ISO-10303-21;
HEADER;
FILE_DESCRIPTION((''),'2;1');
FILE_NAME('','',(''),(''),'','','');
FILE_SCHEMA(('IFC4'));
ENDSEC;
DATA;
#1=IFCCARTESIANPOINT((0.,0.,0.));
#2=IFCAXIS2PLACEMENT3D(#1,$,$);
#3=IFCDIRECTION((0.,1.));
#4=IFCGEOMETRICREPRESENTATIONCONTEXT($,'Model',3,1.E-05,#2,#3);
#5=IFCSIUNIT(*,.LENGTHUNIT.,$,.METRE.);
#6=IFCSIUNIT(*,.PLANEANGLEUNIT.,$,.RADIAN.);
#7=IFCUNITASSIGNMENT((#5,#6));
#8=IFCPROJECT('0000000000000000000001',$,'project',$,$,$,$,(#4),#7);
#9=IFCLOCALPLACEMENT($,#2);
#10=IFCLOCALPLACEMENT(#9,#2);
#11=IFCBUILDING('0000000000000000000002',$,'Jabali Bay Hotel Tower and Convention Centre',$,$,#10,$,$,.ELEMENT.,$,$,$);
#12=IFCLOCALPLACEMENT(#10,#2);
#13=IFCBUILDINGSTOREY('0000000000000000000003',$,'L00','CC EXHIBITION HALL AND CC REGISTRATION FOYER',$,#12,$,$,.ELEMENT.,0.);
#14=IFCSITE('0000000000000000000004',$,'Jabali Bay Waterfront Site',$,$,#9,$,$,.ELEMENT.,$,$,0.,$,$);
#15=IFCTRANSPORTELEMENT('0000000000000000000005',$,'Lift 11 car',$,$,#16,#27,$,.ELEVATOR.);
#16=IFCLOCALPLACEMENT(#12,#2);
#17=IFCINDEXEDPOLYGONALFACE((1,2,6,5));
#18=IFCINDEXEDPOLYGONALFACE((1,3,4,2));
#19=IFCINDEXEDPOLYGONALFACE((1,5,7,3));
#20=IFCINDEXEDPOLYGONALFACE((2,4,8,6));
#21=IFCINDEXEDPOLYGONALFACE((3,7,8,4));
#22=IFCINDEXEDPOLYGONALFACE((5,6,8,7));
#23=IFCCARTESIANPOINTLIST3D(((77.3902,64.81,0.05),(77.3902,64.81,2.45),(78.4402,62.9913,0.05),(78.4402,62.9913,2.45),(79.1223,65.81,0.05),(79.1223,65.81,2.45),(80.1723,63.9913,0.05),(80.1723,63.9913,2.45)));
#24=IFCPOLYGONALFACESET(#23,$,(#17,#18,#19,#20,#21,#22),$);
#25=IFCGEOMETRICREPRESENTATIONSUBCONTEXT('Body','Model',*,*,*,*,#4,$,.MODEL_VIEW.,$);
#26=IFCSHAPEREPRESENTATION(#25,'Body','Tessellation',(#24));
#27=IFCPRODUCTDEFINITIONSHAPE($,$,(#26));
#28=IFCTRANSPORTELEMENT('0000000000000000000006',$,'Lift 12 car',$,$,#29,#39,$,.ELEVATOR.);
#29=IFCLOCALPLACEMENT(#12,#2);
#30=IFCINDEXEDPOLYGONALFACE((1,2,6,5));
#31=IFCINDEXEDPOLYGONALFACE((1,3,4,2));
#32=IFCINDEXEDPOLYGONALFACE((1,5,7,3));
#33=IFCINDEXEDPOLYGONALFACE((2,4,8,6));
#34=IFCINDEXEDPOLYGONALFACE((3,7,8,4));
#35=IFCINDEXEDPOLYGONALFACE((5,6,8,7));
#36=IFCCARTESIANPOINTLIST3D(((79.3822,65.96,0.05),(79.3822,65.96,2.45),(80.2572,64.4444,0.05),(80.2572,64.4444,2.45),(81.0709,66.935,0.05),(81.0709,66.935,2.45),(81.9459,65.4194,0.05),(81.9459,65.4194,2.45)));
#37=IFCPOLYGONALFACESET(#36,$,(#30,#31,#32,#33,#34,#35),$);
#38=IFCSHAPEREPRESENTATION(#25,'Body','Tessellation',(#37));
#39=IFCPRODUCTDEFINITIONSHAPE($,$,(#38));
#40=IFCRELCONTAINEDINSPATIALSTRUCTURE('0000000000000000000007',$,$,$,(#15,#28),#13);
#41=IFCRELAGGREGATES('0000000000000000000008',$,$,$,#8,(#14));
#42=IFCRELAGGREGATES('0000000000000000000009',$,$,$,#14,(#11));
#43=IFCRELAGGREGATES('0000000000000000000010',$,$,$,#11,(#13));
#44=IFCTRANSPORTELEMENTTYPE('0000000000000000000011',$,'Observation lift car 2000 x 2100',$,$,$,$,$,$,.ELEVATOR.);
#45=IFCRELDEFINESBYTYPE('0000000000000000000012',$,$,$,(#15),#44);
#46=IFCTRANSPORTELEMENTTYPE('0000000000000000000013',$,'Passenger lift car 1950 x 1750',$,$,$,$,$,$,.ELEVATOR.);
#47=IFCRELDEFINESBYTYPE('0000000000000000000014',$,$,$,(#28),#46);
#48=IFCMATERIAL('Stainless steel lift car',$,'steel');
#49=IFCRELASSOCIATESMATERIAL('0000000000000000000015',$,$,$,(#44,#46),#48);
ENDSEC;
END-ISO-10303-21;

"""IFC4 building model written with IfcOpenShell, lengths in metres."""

from ifc_helpers import new_model, si_unit, direction, frame, origin, origin_2d, place, context, subcontext, project, spatial, rectangle, extrude, material, type_object, element, save


model = new_model("IFC4")

# Units and contexts
model_context = context("Model", 3, precision=1e-05, world=origin(), true_north=direction((0.0, 1.0)))
body_context = subcontext(model_context, "Body", "Model", "MODEL_VIEW")
ifc_project = project(units=[si_unit("LENGTHUNIT", "METRE"), si_unit("PLANEANGLEUNIT", "RADIAN")], contexts=[model_context])

# Site, building, storey
site_placement = place(None, origin())
site = spatial("IfcSite", under=ifc_project, at=site_placement, Name="Jabali Bay Waterfront Site", CompositionType="ELEMENT", RefElevation=0.0)
building_placement = place(site_placement, origin())
building = spatial("IfcBuilding", under=site, at=building_placement, Name="Jabali Bay Hotel Tower and Convention Centre", CompositionType="ELEMENT")
storey_placement = place(building_placement, origin())
storey = spatial("IfcBuildingStorey", under=building, at=storey_placement, Name="L00", Description="CC EXHIBITION HALL AND CC REGISTRATION FOYER", CompositionType="ELEMENT", Elevation=0.0)

# Transport elements
ifc_material_1 = material(Name="Stainless steel lift car", Category="steel")
transport_element_type_1 = type_object("IfcTransportElementType", Name="Observation lift car 2000 x 2100", PredefinedType="ELEVATOR", material=ifc_material_1)
transport_element_1_placement = place(storey_placement, frame((78.7812, 64.4006, 0.05), z_axis=(0.0, 0.0, 1.0), x_axis=(0.5, -0.866025, 0.0)))
element("IfcTransportElement", 1, at=transport_element_1_placement, inside=storey, type_object=transport_element_type_1, Name="Lift 11 car", PredefinedType="ELEVATOR", context=body_context, shape_type="SweptSolid", body=[
    extrude(rectangle(XDim=2.1001, YDim=2.0, at=origin_2d()), origin(), (0.0, 0.0, 1.0), 2.3999),
])
transport_element_type_2 = type_object("IfcTransportElementType", Name="Passenger lift car 1950 x 1750", PredefinedType="ELEVATOR", material=ifc_material_1)
transport_element_2_placement = place(storey_placement, frame((80.6641, 65.6897, 0.05), z_axis=(0.0, 0.0, 1.0), x_axis=(0.5, -0.866025, 0.0)))
element("IfcTransportElement", 2, at=transport_element_2_placement, inside=storey, type_object=transport_element_type_2, Name="Lift 12 car", PredefinedType="ELEVATOR", context=body_context, shape_type="SweptSolid", body=[
    extrude(rectangle(XDim=1.75, YDim=1.95, at=origin_2d()), origin(), (0.0, 0.0, 1.0), 2.3999),
])

save(model, "model.ifc")
